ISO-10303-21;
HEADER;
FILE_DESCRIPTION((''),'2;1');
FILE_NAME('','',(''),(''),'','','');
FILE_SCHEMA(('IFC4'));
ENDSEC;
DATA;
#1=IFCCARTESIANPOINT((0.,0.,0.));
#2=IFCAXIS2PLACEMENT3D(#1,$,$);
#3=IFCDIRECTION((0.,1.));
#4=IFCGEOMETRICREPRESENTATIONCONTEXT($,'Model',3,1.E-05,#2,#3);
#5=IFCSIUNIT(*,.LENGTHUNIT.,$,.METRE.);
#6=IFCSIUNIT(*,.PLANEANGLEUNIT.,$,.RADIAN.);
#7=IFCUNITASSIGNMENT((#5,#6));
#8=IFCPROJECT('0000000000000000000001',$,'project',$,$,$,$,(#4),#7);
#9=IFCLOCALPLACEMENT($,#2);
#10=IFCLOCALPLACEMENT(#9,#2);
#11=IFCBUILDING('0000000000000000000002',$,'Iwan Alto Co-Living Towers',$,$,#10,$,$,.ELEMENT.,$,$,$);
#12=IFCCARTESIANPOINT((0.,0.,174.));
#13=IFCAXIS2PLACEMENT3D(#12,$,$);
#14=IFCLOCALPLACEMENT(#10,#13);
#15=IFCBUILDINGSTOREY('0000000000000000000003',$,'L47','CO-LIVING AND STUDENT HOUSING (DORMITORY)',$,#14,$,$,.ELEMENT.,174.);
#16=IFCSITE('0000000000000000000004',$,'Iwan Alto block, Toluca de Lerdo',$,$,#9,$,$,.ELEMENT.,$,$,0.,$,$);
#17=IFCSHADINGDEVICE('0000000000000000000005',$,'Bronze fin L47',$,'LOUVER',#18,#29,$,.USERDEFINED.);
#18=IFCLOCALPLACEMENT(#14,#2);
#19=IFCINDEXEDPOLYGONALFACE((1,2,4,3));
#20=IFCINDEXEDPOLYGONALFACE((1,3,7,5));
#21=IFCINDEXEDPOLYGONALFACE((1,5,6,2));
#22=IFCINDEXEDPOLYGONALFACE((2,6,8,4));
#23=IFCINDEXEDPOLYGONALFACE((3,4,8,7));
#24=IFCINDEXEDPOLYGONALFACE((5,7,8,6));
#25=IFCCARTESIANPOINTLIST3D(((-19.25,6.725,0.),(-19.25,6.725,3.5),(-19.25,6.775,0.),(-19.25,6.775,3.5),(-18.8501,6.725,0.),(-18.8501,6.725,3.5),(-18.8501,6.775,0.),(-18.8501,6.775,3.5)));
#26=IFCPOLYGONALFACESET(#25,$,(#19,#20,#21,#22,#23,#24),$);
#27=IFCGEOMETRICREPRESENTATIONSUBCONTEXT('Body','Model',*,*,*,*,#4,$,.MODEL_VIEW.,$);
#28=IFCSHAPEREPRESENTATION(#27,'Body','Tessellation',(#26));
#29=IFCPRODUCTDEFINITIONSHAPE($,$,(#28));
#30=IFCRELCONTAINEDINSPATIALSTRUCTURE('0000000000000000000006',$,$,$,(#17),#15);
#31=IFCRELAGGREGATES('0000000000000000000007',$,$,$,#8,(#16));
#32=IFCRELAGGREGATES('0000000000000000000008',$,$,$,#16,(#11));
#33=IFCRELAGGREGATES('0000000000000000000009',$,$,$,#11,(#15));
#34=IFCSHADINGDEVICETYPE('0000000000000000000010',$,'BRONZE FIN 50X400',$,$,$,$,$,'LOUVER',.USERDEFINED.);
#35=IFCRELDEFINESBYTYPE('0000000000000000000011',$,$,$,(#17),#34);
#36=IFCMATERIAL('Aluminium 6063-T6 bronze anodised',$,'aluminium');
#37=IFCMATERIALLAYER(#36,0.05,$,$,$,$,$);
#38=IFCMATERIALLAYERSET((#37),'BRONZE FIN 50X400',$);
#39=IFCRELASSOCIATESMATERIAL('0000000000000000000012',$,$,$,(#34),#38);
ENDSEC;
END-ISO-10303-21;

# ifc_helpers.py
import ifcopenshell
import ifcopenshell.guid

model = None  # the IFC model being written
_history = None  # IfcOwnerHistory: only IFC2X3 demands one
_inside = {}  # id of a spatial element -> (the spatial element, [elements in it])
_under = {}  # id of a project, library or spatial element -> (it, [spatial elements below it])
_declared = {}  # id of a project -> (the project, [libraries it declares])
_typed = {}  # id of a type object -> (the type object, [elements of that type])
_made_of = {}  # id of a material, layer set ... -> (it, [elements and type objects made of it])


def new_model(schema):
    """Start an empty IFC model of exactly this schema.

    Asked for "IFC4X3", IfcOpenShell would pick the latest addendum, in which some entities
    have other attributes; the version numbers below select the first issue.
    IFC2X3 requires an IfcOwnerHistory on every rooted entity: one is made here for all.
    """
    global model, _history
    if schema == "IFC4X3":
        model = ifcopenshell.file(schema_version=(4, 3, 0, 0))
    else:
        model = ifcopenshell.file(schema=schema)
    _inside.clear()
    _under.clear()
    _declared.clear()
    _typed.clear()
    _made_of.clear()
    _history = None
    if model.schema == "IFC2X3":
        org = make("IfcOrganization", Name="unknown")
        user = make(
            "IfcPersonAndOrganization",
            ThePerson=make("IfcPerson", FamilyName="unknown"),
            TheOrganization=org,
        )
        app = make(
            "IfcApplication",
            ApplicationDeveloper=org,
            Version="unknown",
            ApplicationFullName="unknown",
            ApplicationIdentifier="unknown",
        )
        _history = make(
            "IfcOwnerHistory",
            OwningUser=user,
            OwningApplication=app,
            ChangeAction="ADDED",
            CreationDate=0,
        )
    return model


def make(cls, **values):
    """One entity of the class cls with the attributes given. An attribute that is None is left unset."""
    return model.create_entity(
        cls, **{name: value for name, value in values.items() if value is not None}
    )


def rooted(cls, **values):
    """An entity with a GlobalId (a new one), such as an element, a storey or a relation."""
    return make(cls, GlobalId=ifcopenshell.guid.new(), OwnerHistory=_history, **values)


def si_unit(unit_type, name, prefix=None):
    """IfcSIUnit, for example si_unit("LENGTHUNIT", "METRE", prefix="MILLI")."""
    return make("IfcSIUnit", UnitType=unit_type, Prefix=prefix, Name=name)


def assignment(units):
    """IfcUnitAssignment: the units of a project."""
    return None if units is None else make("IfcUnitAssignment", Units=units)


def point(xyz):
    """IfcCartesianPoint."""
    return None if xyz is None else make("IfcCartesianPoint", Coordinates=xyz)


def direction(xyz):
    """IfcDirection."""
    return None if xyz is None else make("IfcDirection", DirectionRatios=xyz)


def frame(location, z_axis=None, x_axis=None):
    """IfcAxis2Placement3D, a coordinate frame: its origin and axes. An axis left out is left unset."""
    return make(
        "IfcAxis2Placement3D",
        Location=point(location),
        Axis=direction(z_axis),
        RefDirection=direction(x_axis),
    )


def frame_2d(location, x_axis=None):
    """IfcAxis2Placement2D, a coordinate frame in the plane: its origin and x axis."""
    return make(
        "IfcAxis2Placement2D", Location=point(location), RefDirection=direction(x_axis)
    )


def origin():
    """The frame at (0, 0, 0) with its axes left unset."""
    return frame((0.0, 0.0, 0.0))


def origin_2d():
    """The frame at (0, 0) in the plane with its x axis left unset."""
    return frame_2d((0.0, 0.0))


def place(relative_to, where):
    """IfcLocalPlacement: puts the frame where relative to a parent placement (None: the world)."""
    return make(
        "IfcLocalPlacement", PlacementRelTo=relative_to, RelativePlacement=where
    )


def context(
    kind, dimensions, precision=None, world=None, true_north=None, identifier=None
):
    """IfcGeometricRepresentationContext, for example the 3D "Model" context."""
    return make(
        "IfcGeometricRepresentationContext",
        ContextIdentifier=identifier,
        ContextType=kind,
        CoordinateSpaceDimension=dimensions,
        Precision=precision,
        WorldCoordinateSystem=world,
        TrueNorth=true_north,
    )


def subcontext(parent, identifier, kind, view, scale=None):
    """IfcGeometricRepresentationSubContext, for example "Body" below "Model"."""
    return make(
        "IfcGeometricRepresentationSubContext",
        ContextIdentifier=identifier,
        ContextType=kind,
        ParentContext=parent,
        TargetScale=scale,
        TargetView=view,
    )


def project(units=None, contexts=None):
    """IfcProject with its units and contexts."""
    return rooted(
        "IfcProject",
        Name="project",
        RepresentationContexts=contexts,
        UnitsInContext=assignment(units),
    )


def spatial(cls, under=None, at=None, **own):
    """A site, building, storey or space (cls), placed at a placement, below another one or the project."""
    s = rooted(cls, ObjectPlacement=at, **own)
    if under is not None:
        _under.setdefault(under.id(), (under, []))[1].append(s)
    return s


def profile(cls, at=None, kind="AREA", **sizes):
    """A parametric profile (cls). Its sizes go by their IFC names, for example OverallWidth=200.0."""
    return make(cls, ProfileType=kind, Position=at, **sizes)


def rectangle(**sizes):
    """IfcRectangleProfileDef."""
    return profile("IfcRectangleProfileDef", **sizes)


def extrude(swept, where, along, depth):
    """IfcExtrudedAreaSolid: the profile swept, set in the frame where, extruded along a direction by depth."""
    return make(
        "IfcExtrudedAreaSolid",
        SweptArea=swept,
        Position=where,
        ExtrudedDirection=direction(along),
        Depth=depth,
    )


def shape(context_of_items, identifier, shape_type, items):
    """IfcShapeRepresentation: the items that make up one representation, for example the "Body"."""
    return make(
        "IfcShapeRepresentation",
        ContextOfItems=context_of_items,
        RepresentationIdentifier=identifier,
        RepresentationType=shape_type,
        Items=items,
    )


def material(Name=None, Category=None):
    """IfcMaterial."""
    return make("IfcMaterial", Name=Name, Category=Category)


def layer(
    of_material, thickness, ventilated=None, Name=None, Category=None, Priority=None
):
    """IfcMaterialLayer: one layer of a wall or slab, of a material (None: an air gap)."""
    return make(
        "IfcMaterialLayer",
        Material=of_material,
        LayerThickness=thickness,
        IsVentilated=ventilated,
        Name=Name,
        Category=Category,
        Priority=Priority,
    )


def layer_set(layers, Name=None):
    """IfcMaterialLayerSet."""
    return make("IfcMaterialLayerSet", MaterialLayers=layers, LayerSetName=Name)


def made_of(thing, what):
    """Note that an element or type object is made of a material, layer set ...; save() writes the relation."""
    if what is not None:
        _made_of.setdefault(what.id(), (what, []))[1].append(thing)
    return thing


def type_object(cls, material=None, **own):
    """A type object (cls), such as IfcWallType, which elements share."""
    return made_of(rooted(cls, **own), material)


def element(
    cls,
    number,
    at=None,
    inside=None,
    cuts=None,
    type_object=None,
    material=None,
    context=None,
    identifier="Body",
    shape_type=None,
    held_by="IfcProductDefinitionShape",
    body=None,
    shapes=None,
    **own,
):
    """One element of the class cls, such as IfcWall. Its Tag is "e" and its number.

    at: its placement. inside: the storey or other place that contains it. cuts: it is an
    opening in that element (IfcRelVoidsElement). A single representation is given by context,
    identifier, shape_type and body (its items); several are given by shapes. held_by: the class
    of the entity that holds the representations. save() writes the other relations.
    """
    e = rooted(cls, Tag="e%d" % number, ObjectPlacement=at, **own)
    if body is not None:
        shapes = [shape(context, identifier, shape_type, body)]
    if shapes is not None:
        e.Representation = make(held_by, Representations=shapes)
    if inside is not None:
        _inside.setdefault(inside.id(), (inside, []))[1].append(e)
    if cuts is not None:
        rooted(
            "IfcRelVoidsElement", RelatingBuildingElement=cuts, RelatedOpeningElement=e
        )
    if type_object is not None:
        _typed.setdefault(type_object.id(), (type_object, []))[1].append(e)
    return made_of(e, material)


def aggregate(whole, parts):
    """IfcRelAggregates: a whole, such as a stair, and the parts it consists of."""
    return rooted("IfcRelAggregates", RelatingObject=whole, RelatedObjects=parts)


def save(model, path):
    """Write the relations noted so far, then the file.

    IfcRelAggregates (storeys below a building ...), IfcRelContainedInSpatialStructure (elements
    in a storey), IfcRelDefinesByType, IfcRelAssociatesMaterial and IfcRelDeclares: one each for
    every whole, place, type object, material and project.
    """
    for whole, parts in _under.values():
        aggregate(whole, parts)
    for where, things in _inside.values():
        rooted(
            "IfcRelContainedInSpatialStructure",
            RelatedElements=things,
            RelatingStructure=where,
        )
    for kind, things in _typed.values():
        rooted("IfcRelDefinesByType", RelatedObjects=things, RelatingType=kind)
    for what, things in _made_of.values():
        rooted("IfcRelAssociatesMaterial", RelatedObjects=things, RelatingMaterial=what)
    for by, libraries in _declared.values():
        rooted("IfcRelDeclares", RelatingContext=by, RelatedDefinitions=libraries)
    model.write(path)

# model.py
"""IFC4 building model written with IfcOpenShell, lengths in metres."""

from ifc_helpers import new_model, si_unit, direction, frame, origin, origin_2d, place, context, subcontext, project, spatial, rectangle, extrude, material, layer, layer_set, type_object, element, save


model = new_model("IFC4")

# Units and contexts
model_context = context("Model", 3, precision=1e-05, world=origin(), true_north=direction((0.0, 1.0)))
body_context = subcontext(model_context, "Body", "Model", "MODEL_VIEW")
ifc_project = project(units=[si_unit("LENGTHUNIT", "METRE"), si_unit("PLANEANGLEUNIT", "RADIAN")], contexts=[model_context])

# Site, building, storey
site_placement = place(None, origin())
site = spatial("IfcSite", under=ifc_project, at=site_placement, Name="Iwan Alto block, Toluca de Lerdo", CompositionType="ELEMENT", RefElevation=0.0)
building_placement = place(site_placement, origin())
building = spatial("IfcBuilding", under=site, at=building_placement, Name="Iwan Alto Co-Living Towers", CompositionType="ELEMENT")
storey_placement = place(building_placement, frame((0.0, 0.0, 174.0)))
storey = spatial("IfcBuildingStorey", under=building, at=storey_placement, Name="L47", Description="CO-LIVING AND STUDENT HOUSING (DORMITORY)", CompositionType="ELEMENT", Elevation=174.0)

# Shading device
ifc_material_1 = material(Name="Aluminium 6063-T6 bronze anodised", Category="aluminium")
ifc_layer_1 = layer(ifc_material_1, 0.05)
ifc_layer_set_1 = layer_set([ifc_layer_1], Name="BRONZE FIN 50X400")
shading_device_type = type_object("IfcShadingDeviceType", Name="BRONZE FIN 50X400", ElementType="LOUVER", PredefinedType="USERDEFINED", material=ifc_layer_set_1)
shading_device_placement = place(storey_placement, frame((-19.05, 6.75, 0.0), z_axis=(0.0, 0.0, 1.0), x_axis=(0.0, -1.0, 0.0)))
element("IfcShadingDevice", 1, at=shading_device_placement, inside=storey, type_object=shading_device_type, Name="Bronze fin L47", ObjectType="LOUVER", PredefinedType="USERDEFINED", context=body_context, shape_type="SweptSolid", body=[
    extrude(rectangle(XDim=0.05, YDim=0.3999, at=origin_2d()), origin(), (0.0, 0.0, 1.0), 3.5),
])

save(model, "model.ifc")
